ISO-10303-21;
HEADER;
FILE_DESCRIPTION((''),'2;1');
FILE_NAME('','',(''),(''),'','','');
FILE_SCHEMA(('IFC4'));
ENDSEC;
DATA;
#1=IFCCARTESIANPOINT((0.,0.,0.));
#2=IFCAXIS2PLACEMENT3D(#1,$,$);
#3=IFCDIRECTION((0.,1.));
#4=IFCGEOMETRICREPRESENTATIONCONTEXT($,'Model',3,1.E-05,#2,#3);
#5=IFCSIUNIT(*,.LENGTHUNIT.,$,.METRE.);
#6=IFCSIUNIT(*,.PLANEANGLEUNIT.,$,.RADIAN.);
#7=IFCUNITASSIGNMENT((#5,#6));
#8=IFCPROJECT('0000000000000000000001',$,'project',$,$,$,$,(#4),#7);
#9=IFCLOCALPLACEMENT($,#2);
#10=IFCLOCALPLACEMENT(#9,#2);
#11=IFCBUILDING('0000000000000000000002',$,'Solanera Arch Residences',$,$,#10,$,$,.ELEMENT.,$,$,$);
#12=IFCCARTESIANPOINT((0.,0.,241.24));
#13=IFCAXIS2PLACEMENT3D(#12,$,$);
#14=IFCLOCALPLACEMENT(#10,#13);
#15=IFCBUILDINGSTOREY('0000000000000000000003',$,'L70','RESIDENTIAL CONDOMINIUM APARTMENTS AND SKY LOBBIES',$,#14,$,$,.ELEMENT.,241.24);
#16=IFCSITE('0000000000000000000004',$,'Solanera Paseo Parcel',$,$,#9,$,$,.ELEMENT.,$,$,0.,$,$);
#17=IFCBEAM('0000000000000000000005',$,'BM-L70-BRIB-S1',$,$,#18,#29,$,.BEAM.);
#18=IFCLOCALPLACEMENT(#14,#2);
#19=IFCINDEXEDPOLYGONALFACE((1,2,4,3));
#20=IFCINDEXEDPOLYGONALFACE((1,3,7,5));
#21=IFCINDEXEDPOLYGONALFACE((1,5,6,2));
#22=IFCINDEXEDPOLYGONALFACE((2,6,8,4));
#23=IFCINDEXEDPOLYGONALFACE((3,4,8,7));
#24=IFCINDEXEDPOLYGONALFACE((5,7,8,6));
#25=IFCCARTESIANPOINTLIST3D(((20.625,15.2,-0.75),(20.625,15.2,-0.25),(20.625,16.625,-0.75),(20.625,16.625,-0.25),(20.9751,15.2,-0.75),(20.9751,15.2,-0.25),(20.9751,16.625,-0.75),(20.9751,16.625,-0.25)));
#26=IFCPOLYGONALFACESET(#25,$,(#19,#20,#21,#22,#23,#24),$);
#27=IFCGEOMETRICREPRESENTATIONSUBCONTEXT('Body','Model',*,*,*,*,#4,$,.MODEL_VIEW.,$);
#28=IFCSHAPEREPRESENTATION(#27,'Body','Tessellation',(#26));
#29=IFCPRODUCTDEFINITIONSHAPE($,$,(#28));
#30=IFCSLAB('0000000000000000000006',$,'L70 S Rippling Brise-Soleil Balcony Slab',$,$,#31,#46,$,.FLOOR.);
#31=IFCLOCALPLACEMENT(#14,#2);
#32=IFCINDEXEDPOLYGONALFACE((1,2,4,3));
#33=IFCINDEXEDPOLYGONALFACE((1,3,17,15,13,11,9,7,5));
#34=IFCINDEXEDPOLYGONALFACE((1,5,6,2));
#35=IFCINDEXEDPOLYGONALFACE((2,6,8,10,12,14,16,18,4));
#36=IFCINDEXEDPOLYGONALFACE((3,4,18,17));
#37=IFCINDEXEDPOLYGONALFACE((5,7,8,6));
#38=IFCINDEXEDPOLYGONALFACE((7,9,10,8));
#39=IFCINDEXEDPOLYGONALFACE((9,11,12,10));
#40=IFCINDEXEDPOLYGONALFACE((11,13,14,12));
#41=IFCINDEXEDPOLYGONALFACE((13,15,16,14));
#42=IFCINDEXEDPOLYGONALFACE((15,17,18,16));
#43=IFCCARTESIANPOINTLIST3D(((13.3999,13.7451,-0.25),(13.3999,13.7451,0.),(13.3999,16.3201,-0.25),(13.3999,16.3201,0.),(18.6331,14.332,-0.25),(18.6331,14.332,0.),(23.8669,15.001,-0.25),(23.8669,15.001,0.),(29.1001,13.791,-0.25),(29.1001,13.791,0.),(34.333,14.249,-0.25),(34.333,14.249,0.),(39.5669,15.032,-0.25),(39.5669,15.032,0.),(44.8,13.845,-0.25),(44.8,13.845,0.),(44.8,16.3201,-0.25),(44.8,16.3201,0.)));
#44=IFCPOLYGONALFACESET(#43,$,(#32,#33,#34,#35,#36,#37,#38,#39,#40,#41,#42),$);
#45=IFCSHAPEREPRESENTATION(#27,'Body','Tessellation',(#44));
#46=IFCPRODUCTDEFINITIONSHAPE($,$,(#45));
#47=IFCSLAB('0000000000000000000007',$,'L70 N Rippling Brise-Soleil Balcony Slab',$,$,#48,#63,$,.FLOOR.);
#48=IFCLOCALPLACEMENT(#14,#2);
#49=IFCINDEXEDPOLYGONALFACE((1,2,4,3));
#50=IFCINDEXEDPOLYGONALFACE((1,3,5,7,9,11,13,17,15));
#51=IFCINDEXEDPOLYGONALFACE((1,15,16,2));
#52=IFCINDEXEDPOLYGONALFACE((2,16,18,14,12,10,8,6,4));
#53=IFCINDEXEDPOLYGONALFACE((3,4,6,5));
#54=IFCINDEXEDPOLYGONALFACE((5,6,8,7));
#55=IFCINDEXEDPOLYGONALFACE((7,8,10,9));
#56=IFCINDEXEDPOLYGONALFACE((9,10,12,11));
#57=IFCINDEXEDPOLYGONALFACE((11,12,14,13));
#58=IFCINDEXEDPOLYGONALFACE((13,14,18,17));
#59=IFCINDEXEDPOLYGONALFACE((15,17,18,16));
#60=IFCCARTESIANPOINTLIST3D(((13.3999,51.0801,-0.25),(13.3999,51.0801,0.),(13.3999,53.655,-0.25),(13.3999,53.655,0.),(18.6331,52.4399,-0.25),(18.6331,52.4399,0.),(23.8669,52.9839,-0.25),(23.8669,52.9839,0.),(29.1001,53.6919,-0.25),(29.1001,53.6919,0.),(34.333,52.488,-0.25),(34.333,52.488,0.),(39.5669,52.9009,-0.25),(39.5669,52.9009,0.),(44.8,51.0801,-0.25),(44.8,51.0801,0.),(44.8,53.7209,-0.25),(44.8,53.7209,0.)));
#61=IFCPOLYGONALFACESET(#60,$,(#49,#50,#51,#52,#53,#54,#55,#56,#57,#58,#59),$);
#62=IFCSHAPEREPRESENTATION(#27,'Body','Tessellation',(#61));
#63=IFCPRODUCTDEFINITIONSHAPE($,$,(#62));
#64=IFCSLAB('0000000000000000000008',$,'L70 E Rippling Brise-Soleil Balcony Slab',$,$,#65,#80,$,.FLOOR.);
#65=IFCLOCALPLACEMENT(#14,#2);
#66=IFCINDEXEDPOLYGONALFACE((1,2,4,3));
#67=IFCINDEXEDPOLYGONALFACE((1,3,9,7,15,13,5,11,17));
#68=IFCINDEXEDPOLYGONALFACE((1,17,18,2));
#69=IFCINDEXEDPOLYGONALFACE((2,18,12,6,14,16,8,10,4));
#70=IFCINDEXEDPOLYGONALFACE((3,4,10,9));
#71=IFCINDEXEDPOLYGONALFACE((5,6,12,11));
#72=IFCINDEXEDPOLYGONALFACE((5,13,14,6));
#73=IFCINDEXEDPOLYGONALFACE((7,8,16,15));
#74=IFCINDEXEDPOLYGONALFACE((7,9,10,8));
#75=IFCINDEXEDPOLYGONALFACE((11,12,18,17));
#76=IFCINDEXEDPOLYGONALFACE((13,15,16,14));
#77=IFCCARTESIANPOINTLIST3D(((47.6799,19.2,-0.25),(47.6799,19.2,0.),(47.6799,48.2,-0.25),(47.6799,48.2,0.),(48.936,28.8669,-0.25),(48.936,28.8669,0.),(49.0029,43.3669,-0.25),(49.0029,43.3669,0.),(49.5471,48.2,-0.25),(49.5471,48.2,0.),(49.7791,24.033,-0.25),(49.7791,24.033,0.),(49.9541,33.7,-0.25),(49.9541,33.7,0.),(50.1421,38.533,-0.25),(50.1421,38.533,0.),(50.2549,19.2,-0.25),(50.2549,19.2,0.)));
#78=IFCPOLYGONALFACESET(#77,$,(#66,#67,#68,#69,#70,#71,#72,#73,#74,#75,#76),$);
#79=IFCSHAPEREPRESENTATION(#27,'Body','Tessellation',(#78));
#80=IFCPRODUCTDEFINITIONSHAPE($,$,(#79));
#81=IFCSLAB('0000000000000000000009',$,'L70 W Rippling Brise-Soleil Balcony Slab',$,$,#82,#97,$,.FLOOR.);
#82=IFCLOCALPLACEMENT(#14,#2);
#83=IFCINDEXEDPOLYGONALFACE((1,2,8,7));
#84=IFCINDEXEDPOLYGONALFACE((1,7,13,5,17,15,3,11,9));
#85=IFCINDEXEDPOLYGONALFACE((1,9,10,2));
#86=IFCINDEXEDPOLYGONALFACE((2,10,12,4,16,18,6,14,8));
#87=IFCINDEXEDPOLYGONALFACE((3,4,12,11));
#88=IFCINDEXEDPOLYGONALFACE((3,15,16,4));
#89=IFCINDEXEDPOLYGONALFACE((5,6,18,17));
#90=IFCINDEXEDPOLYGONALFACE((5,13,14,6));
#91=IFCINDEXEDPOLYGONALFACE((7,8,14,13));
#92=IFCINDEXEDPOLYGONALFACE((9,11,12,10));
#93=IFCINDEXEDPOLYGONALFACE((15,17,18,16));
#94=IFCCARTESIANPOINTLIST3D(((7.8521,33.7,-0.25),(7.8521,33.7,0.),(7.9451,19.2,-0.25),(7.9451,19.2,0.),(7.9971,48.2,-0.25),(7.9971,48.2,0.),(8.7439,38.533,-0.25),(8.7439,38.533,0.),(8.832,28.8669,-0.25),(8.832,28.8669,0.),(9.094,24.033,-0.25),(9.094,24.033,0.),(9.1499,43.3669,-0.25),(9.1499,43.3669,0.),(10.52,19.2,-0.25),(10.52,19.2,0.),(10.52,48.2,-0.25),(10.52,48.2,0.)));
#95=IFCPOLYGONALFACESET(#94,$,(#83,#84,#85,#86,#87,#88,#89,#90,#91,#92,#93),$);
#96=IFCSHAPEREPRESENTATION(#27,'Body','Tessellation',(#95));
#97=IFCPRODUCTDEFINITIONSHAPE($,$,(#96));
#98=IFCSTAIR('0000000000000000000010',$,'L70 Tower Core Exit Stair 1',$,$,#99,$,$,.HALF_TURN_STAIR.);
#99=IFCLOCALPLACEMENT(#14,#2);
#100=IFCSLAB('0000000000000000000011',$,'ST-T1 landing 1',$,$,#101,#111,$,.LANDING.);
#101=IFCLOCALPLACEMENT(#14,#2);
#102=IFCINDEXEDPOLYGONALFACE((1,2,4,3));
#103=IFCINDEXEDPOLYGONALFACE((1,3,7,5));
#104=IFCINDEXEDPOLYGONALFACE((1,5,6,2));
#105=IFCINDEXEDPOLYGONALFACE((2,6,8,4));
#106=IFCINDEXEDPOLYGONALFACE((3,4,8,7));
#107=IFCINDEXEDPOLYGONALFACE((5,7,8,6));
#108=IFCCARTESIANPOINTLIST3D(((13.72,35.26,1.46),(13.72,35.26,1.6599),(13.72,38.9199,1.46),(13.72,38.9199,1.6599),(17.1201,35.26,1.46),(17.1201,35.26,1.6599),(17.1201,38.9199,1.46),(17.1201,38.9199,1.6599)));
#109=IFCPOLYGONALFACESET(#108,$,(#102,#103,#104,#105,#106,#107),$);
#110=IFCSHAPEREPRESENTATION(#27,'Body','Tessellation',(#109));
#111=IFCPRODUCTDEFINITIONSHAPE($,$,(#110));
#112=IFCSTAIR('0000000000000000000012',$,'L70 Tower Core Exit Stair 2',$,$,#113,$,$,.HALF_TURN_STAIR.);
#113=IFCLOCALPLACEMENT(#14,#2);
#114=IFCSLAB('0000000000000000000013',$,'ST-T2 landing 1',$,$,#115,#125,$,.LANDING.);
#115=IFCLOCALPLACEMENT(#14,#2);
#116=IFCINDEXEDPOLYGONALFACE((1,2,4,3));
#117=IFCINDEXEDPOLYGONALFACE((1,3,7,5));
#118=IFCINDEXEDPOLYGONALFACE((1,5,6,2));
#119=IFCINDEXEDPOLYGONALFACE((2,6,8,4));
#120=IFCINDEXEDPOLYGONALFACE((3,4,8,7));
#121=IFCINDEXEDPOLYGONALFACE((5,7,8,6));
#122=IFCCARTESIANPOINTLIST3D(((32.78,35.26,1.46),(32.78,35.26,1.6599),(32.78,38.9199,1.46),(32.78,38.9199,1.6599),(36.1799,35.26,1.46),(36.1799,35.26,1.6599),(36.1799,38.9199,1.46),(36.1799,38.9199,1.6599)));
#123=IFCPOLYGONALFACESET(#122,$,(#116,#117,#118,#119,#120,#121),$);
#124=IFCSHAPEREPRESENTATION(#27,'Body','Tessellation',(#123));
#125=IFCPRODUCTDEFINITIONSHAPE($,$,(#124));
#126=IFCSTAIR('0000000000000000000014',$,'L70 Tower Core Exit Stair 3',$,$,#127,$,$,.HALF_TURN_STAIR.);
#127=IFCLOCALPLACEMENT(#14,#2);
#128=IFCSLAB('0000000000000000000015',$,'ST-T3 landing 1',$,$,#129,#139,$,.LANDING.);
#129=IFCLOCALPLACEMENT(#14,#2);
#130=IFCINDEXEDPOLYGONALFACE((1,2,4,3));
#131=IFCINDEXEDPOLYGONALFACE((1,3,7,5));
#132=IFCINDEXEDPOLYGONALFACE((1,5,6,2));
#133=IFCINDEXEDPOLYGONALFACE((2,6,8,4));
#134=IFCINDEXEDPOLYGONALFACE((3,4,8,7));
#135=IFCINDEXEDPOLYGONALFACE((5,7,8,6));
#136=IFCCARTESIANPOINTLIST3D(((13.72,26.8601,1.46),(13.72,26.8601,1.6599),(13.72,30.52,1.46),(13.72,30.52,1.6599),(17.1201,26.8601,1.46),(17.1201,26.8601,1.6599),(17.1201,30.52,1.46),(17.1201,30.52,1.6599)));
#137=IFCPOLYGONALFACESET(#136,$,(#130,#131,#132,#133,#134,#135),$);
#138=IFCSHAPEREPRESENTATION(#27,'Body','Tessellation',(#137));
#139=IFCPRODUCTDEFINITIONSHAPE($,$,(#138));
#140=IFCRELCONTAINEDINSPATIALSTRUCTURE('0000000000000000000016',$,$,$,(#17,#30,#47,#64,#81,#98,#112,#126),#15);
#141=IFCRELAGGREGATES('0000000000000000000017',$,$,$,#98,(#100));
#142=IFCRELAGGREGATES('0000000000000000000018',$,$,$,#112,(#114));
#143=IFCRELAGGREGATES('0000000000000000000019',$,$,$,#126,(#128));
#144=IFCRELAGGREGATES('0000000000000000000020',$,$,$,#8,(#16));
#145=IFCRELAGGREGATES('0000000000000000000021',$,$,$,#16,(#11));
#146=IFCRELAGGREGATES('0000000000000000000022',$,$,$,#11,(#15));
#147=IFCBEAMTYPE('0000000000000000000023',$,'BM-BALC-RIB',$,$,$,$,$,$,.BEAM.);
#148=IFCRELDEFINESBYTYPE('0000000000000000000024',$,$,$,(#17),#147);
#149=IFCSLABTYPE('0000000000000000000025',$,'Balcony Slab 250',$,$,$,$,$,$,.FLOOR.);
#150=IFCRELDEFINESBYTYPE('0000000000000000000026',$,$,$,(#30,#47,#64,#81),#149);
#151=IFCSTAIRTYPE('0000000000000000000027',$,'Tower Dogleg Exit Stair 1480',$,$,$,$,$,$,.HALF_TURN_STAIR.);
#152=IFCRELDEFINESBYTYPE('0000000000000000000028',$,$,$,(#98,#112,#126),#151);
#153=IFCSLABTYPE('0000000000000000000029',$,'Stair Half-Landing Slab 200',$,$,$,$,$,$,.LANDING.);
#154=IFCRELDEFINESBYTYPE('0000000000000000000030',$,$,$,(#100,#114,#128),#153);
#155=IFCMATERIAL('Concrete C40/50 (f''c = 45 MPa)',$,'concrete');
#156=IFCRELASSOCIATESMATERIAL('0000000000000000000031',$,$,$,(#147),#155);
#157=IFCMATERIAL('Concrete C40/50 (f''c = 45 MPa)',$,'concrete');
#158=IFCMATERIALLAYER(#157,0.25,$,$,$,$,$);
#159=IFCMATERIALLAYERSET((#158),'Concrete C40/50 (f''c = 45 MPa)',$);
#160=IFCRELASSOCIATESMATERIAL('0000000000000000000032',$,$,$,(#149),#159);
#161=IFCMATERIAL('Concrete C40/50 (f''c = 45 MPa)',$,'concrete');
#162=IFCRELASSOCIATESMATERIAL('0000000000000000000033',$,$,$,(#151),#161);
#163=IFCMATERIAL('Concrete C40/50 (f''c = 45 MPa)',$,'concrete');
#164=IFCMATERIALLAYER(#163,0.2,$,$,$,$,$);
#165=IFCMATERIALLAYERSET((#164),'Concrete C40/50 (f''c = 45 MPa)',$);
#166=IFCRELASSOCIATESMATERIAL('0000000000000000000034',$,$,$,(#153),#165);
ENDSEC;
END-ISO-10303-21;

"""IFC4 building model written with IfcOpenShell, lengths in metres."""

from ifc_helpers import new_model, si_unit, direction, frame, origin, origin_2d, place, context, subcontext, project, spatial, polyline, rectangle, outline, extrude, material, layer, layer_set, material_profile, profile_set, type_object, element, aggregate, save


model = new_model("IFC4")

# Units and contexts
model_context = context("Model", 3, precision=1e-05, world=origin(), true_north=direction((0.0, 1.0)))
body_context = subcontext(model_context, "Body", "Model", "MODEL_VIEW")
ifc_project = project(units=[si_unit("LENGTHUNIT", "METRE"), si_unit("PLANEANGLEUNIT", "RADIAN")], contexts=[model_context])

# Site, building, storey
site_placement = place(None, origin())
site = spatial("IfcSite", under=ifc_project, at=site_placement, Name="Solanera Paseo Parcel", CompositionType="ELEMENT", RefElevation=0.0)
building_placement = place(site_placement, origin())
building = spatial("IfcBuilding", under=site, at=building_placement, Name="Solanera Arch Residences", CompositionType="ELEMENT")
storey_placement = place(building_placement, frame((0.0, 0.0, 241.24)))
storey = spatial("IfcBuildingStorey", under=building, at=storey_placement, Name="L70", Description="RESIDENTIAL CONDOMINIUM APARTMENTS AND SKY LOBBIES", CompositionType="ELEMENT", Elevation=241.24)

# Beam
ifc_material_1 = material(Name="Concrete C40/50 (f'c = 45 MPa)", Category="concrete")
ifc_material_profile = material_profile(ifc_material_1, rectangle(XDim=0.3501, YDim=0.5, at=origin_2d()))
ifc_profile_set = profile_set([ifc_material_profile], Name="Concrete C40/50 (f'c = 45 MPa)")
beam_type = type_object("IfcBeamType", Name="BM-BALC-RIB", PredefinedType="BEAM", material=ifc_profile_set)
beam_placement = place(storey_placement, frame((20.8, 15.2, -0.5), z_axis=(0.0, 1.0, 0.0), x_axis=(-1.0, 0.0, 0.0)))
element("IfcBeam", 1, at=beam_placement, inside=storey, type_object=beam_type, Name="BM-L70-BRIB-S1", PredefinedType="BEAM", context=body_context, shape_type="SweptSolid", body=[
    extrude(rectangle(XDim=0.3501, YDim=0.5, at=origin_2d()), origin(), (0.0, 0.0, 1.0), 1.425),
])

# Slabs
ifc_material_2 = material(Name="Concrete C40/50 (f'c = 45 MPa)", Category="concrete")
ifc_layer_1 = layer(ifc_material_2, 0.25)
ifc_layer_set_1 = layer_set([ifc_layer_1], Name="Concrete C40/50 (f'c = 45 MPa)")
slab_type_1 = type_object("IfcSlabType", Name="Balcony Slab 250", PredefinedType="FLOOR", material=ifc_layer_set_1)
slab_1_placement = place(storey_placement, frame((0.0, 0.0, -0.25)))
element("IfcSlab", 2, at=slab_1_placement, inside=storey, type_object=slab_type_1, Name="L70 S Rippling Brise-Soleil Balcony Slab", PredefinedType="FLOOR", context=body_context, shape_type="SweptSolid", body=[
    extrude(outline(polyline([(13.3999, 13.7451), (18.6331, 14.332), (23.8669, 15.001), (29.1001, 13.791), (34.333, 14.249), (39.5669, 15.032), (44.8, 13.845), (44.8, 16.3201), (13.3999, 16.3201), (13.3999, 13.7451)])), origin(), (0.0, 0.0, 1.0), 0.25),
])
slab_2_placement = place(storey_placement, frame((0.0, 0.0, -0.25)))
element("IfcSlab", 3, at=slab_2_placement, inside=storey, type_object=slab_type_1, Name="L70 N Rippling Brise-Soleil Balcony Slab", PredefinedType="FLOOR", context=body_context, shape_type="SweptSolid", body=[
    extrude(outline(polyline([(44.8, 53.7209), (39.5669, 52.9009), (34.333, 52.488), (29.1001, 53.6919), (23.8669, 52.9839), (18.6331, 52.4399), (13.3999, 53.655), (13.3999, 51.0801), (44.8, 51.0801), (44.8, 53.7209)])), origin(), (0.0, 0.0, 1.0), 0.25),
])
slab_3_placement = place(storey_placement, frame((0.0, 0.0, -0.25)))
element("IfcSlab", 4, at=slab_3_placement, inside=storey, type_object=slab_type_1, Name="L70 E Rippling Brise-Soleil Balcony Slab", PredefinedType="FLOOR", context=body_context, shape_type="SweptSolid", body=[
    extrude(outline(polyline([(50.2549, 19.2), (49.7791, 24.033), (48.936, 28.8669), (49.9541, 33.7), (50.1421, 38.533), (49.0029, 43.3669), (49.5471, 48.2), (47.6799, 48.2), (47.6799, 19.2), (50.2549, 19.2)])), origin(), (0.0, 0.0, 1.0), 0.25),
])
slab_4_placement = place(storey_placement, frame((0.0, 0.0, -0.25)))
element("IfcSlab", 5, at=slab_4_placement, inside=storey, type_object=slab_type_1, Name="L70 W Rippling Brise-Soleil Balcony Slab", PredefinedType="FLOOR", context=body_context, shape_type="SweptSolid", body=[
    extrude(outline(polyline([(7.9971, 48.2), (9.1499, 43.3669), (8.7439, 38.533), (7.8521, 33.7), (8.832, 28.8669), (9.094, 24.033), (7.9451, 19.2), (10.52, 19.2), (10.52, 48.2), (7.9971, 48.2)])), origin(), (0.0, 0.0, 1.0), 0.25),
])

# Stairs, slabs
ifc_material_3 = material(Name="Concrete C40/50 (f'c = 45 MPa)", Category="concrete")
stair_type = type_object("IfcStairType", Name="Tower Dogleg Exit Stair 1480", PredefinedType="HALF_TURN_STAIR", material=ifc_material_3)
stair_1_placement = place(storey_placement, origin())
stair_1 = element("IfcStair", 6, at=stair_1_placement, inside=storey, type_object=stair_type, Name="L70 Tower Core Exit Stair 1", PredefinedType="HALF_TURN_STAIR")
ifc_material_4 = material(Name="Concrete C40/50 (f'c = 45 MPa)", Category="concrete")
ifc_layer_2 = layer(ifc_material_4, 0.2)
ifc_layer_set_2 = layer_set([ifc_layer_2], Name="Concrete C40/50 (f'c = 45 MPa)")
slab_type_2 = type_object("IfcSlabType", Name="Stair Half-Landing Slab 200", PredefinedType="LANDING", material=ifc_layer_set_2)
slab_5_placement = place(storey_placement, frame((0.0, 0.0, 1.46)))
slab_5 = element("IfcSlab", 7, at=slab_5_placement, type_object=slab_type_2, Name="ST-T1 landing 1", PredefinedType="LANDING", context=body_context, shape_type="SweptSolid", body=[
    extrude(outline(polyline([(17.1201, 35.26), (17.1201, 38.9199), (13.72, 38.9199), (13.72, 35.26), (17.1201, 35.26)])), origin(), (0.0, 0.0, 1.0), 0.2),
])
aggregate(stair_1, [slab_5])
stair_2_placement = place(storey_placement, origin())
stair_2 = element("IfcStair", 8, at=stair_2_placement, inside=storey, type_object=stair_type, Name="L70 Tower Core Exit Stair 2", PredefinedType="HALF_TURN_STAIR")
slab_6_placement = place(storey_placement, frame((0.0, 0.0, 1.46)))
slab_6 = element("IfcSlab", 9, at=slab_6_placement, type_object=slab_type_2, Name="ST-T2 landing 1", PredefinedType="LANDING", context=body_context, shape_type="SweptSolid", body=[
    extrude(outline(polyline([(36.1799, 35.26), (36.1799, 38.9199), (32.78, 38.9199), (32.78, 35.26), (36.1799, 35.26)])), origin(), (0.0, 0.0, 1.0), 0.2),
])
aggregate(stair_2, [slab_6])
stair_3_placement = place(storey_placement, origin())
stair_3 = element("IfcStair", 10, at=stair_3_placement, inside=storey, type_object=stair_type, Name="L70 Tower Core Exit Stair 3", PredefinedType="HALF_TURN_STAIR")
slab_7_placement = place(storey_placement, frame((0.0, 0.0, 1.46)))
slab_7 = element("IfcSlab", 11, at=slab_7_placement, type_object=slab_type_2, Name="ST-T3 landing 1", PredefinedType="LANDING", context=body_context, shape_type="SweptSolid", body=[
    extrude(outline(polyline([(17.1201, 26.8601), (17.1201, 30.52), (13.72, 30.52), (13.72, 26.8601), (17.1201, 26.8601)])), origin(), (0.0, 0.0, 1.0), 0.2),
])
aggregate(stair_3, [slab_7])

save(model, "model.ifc")
